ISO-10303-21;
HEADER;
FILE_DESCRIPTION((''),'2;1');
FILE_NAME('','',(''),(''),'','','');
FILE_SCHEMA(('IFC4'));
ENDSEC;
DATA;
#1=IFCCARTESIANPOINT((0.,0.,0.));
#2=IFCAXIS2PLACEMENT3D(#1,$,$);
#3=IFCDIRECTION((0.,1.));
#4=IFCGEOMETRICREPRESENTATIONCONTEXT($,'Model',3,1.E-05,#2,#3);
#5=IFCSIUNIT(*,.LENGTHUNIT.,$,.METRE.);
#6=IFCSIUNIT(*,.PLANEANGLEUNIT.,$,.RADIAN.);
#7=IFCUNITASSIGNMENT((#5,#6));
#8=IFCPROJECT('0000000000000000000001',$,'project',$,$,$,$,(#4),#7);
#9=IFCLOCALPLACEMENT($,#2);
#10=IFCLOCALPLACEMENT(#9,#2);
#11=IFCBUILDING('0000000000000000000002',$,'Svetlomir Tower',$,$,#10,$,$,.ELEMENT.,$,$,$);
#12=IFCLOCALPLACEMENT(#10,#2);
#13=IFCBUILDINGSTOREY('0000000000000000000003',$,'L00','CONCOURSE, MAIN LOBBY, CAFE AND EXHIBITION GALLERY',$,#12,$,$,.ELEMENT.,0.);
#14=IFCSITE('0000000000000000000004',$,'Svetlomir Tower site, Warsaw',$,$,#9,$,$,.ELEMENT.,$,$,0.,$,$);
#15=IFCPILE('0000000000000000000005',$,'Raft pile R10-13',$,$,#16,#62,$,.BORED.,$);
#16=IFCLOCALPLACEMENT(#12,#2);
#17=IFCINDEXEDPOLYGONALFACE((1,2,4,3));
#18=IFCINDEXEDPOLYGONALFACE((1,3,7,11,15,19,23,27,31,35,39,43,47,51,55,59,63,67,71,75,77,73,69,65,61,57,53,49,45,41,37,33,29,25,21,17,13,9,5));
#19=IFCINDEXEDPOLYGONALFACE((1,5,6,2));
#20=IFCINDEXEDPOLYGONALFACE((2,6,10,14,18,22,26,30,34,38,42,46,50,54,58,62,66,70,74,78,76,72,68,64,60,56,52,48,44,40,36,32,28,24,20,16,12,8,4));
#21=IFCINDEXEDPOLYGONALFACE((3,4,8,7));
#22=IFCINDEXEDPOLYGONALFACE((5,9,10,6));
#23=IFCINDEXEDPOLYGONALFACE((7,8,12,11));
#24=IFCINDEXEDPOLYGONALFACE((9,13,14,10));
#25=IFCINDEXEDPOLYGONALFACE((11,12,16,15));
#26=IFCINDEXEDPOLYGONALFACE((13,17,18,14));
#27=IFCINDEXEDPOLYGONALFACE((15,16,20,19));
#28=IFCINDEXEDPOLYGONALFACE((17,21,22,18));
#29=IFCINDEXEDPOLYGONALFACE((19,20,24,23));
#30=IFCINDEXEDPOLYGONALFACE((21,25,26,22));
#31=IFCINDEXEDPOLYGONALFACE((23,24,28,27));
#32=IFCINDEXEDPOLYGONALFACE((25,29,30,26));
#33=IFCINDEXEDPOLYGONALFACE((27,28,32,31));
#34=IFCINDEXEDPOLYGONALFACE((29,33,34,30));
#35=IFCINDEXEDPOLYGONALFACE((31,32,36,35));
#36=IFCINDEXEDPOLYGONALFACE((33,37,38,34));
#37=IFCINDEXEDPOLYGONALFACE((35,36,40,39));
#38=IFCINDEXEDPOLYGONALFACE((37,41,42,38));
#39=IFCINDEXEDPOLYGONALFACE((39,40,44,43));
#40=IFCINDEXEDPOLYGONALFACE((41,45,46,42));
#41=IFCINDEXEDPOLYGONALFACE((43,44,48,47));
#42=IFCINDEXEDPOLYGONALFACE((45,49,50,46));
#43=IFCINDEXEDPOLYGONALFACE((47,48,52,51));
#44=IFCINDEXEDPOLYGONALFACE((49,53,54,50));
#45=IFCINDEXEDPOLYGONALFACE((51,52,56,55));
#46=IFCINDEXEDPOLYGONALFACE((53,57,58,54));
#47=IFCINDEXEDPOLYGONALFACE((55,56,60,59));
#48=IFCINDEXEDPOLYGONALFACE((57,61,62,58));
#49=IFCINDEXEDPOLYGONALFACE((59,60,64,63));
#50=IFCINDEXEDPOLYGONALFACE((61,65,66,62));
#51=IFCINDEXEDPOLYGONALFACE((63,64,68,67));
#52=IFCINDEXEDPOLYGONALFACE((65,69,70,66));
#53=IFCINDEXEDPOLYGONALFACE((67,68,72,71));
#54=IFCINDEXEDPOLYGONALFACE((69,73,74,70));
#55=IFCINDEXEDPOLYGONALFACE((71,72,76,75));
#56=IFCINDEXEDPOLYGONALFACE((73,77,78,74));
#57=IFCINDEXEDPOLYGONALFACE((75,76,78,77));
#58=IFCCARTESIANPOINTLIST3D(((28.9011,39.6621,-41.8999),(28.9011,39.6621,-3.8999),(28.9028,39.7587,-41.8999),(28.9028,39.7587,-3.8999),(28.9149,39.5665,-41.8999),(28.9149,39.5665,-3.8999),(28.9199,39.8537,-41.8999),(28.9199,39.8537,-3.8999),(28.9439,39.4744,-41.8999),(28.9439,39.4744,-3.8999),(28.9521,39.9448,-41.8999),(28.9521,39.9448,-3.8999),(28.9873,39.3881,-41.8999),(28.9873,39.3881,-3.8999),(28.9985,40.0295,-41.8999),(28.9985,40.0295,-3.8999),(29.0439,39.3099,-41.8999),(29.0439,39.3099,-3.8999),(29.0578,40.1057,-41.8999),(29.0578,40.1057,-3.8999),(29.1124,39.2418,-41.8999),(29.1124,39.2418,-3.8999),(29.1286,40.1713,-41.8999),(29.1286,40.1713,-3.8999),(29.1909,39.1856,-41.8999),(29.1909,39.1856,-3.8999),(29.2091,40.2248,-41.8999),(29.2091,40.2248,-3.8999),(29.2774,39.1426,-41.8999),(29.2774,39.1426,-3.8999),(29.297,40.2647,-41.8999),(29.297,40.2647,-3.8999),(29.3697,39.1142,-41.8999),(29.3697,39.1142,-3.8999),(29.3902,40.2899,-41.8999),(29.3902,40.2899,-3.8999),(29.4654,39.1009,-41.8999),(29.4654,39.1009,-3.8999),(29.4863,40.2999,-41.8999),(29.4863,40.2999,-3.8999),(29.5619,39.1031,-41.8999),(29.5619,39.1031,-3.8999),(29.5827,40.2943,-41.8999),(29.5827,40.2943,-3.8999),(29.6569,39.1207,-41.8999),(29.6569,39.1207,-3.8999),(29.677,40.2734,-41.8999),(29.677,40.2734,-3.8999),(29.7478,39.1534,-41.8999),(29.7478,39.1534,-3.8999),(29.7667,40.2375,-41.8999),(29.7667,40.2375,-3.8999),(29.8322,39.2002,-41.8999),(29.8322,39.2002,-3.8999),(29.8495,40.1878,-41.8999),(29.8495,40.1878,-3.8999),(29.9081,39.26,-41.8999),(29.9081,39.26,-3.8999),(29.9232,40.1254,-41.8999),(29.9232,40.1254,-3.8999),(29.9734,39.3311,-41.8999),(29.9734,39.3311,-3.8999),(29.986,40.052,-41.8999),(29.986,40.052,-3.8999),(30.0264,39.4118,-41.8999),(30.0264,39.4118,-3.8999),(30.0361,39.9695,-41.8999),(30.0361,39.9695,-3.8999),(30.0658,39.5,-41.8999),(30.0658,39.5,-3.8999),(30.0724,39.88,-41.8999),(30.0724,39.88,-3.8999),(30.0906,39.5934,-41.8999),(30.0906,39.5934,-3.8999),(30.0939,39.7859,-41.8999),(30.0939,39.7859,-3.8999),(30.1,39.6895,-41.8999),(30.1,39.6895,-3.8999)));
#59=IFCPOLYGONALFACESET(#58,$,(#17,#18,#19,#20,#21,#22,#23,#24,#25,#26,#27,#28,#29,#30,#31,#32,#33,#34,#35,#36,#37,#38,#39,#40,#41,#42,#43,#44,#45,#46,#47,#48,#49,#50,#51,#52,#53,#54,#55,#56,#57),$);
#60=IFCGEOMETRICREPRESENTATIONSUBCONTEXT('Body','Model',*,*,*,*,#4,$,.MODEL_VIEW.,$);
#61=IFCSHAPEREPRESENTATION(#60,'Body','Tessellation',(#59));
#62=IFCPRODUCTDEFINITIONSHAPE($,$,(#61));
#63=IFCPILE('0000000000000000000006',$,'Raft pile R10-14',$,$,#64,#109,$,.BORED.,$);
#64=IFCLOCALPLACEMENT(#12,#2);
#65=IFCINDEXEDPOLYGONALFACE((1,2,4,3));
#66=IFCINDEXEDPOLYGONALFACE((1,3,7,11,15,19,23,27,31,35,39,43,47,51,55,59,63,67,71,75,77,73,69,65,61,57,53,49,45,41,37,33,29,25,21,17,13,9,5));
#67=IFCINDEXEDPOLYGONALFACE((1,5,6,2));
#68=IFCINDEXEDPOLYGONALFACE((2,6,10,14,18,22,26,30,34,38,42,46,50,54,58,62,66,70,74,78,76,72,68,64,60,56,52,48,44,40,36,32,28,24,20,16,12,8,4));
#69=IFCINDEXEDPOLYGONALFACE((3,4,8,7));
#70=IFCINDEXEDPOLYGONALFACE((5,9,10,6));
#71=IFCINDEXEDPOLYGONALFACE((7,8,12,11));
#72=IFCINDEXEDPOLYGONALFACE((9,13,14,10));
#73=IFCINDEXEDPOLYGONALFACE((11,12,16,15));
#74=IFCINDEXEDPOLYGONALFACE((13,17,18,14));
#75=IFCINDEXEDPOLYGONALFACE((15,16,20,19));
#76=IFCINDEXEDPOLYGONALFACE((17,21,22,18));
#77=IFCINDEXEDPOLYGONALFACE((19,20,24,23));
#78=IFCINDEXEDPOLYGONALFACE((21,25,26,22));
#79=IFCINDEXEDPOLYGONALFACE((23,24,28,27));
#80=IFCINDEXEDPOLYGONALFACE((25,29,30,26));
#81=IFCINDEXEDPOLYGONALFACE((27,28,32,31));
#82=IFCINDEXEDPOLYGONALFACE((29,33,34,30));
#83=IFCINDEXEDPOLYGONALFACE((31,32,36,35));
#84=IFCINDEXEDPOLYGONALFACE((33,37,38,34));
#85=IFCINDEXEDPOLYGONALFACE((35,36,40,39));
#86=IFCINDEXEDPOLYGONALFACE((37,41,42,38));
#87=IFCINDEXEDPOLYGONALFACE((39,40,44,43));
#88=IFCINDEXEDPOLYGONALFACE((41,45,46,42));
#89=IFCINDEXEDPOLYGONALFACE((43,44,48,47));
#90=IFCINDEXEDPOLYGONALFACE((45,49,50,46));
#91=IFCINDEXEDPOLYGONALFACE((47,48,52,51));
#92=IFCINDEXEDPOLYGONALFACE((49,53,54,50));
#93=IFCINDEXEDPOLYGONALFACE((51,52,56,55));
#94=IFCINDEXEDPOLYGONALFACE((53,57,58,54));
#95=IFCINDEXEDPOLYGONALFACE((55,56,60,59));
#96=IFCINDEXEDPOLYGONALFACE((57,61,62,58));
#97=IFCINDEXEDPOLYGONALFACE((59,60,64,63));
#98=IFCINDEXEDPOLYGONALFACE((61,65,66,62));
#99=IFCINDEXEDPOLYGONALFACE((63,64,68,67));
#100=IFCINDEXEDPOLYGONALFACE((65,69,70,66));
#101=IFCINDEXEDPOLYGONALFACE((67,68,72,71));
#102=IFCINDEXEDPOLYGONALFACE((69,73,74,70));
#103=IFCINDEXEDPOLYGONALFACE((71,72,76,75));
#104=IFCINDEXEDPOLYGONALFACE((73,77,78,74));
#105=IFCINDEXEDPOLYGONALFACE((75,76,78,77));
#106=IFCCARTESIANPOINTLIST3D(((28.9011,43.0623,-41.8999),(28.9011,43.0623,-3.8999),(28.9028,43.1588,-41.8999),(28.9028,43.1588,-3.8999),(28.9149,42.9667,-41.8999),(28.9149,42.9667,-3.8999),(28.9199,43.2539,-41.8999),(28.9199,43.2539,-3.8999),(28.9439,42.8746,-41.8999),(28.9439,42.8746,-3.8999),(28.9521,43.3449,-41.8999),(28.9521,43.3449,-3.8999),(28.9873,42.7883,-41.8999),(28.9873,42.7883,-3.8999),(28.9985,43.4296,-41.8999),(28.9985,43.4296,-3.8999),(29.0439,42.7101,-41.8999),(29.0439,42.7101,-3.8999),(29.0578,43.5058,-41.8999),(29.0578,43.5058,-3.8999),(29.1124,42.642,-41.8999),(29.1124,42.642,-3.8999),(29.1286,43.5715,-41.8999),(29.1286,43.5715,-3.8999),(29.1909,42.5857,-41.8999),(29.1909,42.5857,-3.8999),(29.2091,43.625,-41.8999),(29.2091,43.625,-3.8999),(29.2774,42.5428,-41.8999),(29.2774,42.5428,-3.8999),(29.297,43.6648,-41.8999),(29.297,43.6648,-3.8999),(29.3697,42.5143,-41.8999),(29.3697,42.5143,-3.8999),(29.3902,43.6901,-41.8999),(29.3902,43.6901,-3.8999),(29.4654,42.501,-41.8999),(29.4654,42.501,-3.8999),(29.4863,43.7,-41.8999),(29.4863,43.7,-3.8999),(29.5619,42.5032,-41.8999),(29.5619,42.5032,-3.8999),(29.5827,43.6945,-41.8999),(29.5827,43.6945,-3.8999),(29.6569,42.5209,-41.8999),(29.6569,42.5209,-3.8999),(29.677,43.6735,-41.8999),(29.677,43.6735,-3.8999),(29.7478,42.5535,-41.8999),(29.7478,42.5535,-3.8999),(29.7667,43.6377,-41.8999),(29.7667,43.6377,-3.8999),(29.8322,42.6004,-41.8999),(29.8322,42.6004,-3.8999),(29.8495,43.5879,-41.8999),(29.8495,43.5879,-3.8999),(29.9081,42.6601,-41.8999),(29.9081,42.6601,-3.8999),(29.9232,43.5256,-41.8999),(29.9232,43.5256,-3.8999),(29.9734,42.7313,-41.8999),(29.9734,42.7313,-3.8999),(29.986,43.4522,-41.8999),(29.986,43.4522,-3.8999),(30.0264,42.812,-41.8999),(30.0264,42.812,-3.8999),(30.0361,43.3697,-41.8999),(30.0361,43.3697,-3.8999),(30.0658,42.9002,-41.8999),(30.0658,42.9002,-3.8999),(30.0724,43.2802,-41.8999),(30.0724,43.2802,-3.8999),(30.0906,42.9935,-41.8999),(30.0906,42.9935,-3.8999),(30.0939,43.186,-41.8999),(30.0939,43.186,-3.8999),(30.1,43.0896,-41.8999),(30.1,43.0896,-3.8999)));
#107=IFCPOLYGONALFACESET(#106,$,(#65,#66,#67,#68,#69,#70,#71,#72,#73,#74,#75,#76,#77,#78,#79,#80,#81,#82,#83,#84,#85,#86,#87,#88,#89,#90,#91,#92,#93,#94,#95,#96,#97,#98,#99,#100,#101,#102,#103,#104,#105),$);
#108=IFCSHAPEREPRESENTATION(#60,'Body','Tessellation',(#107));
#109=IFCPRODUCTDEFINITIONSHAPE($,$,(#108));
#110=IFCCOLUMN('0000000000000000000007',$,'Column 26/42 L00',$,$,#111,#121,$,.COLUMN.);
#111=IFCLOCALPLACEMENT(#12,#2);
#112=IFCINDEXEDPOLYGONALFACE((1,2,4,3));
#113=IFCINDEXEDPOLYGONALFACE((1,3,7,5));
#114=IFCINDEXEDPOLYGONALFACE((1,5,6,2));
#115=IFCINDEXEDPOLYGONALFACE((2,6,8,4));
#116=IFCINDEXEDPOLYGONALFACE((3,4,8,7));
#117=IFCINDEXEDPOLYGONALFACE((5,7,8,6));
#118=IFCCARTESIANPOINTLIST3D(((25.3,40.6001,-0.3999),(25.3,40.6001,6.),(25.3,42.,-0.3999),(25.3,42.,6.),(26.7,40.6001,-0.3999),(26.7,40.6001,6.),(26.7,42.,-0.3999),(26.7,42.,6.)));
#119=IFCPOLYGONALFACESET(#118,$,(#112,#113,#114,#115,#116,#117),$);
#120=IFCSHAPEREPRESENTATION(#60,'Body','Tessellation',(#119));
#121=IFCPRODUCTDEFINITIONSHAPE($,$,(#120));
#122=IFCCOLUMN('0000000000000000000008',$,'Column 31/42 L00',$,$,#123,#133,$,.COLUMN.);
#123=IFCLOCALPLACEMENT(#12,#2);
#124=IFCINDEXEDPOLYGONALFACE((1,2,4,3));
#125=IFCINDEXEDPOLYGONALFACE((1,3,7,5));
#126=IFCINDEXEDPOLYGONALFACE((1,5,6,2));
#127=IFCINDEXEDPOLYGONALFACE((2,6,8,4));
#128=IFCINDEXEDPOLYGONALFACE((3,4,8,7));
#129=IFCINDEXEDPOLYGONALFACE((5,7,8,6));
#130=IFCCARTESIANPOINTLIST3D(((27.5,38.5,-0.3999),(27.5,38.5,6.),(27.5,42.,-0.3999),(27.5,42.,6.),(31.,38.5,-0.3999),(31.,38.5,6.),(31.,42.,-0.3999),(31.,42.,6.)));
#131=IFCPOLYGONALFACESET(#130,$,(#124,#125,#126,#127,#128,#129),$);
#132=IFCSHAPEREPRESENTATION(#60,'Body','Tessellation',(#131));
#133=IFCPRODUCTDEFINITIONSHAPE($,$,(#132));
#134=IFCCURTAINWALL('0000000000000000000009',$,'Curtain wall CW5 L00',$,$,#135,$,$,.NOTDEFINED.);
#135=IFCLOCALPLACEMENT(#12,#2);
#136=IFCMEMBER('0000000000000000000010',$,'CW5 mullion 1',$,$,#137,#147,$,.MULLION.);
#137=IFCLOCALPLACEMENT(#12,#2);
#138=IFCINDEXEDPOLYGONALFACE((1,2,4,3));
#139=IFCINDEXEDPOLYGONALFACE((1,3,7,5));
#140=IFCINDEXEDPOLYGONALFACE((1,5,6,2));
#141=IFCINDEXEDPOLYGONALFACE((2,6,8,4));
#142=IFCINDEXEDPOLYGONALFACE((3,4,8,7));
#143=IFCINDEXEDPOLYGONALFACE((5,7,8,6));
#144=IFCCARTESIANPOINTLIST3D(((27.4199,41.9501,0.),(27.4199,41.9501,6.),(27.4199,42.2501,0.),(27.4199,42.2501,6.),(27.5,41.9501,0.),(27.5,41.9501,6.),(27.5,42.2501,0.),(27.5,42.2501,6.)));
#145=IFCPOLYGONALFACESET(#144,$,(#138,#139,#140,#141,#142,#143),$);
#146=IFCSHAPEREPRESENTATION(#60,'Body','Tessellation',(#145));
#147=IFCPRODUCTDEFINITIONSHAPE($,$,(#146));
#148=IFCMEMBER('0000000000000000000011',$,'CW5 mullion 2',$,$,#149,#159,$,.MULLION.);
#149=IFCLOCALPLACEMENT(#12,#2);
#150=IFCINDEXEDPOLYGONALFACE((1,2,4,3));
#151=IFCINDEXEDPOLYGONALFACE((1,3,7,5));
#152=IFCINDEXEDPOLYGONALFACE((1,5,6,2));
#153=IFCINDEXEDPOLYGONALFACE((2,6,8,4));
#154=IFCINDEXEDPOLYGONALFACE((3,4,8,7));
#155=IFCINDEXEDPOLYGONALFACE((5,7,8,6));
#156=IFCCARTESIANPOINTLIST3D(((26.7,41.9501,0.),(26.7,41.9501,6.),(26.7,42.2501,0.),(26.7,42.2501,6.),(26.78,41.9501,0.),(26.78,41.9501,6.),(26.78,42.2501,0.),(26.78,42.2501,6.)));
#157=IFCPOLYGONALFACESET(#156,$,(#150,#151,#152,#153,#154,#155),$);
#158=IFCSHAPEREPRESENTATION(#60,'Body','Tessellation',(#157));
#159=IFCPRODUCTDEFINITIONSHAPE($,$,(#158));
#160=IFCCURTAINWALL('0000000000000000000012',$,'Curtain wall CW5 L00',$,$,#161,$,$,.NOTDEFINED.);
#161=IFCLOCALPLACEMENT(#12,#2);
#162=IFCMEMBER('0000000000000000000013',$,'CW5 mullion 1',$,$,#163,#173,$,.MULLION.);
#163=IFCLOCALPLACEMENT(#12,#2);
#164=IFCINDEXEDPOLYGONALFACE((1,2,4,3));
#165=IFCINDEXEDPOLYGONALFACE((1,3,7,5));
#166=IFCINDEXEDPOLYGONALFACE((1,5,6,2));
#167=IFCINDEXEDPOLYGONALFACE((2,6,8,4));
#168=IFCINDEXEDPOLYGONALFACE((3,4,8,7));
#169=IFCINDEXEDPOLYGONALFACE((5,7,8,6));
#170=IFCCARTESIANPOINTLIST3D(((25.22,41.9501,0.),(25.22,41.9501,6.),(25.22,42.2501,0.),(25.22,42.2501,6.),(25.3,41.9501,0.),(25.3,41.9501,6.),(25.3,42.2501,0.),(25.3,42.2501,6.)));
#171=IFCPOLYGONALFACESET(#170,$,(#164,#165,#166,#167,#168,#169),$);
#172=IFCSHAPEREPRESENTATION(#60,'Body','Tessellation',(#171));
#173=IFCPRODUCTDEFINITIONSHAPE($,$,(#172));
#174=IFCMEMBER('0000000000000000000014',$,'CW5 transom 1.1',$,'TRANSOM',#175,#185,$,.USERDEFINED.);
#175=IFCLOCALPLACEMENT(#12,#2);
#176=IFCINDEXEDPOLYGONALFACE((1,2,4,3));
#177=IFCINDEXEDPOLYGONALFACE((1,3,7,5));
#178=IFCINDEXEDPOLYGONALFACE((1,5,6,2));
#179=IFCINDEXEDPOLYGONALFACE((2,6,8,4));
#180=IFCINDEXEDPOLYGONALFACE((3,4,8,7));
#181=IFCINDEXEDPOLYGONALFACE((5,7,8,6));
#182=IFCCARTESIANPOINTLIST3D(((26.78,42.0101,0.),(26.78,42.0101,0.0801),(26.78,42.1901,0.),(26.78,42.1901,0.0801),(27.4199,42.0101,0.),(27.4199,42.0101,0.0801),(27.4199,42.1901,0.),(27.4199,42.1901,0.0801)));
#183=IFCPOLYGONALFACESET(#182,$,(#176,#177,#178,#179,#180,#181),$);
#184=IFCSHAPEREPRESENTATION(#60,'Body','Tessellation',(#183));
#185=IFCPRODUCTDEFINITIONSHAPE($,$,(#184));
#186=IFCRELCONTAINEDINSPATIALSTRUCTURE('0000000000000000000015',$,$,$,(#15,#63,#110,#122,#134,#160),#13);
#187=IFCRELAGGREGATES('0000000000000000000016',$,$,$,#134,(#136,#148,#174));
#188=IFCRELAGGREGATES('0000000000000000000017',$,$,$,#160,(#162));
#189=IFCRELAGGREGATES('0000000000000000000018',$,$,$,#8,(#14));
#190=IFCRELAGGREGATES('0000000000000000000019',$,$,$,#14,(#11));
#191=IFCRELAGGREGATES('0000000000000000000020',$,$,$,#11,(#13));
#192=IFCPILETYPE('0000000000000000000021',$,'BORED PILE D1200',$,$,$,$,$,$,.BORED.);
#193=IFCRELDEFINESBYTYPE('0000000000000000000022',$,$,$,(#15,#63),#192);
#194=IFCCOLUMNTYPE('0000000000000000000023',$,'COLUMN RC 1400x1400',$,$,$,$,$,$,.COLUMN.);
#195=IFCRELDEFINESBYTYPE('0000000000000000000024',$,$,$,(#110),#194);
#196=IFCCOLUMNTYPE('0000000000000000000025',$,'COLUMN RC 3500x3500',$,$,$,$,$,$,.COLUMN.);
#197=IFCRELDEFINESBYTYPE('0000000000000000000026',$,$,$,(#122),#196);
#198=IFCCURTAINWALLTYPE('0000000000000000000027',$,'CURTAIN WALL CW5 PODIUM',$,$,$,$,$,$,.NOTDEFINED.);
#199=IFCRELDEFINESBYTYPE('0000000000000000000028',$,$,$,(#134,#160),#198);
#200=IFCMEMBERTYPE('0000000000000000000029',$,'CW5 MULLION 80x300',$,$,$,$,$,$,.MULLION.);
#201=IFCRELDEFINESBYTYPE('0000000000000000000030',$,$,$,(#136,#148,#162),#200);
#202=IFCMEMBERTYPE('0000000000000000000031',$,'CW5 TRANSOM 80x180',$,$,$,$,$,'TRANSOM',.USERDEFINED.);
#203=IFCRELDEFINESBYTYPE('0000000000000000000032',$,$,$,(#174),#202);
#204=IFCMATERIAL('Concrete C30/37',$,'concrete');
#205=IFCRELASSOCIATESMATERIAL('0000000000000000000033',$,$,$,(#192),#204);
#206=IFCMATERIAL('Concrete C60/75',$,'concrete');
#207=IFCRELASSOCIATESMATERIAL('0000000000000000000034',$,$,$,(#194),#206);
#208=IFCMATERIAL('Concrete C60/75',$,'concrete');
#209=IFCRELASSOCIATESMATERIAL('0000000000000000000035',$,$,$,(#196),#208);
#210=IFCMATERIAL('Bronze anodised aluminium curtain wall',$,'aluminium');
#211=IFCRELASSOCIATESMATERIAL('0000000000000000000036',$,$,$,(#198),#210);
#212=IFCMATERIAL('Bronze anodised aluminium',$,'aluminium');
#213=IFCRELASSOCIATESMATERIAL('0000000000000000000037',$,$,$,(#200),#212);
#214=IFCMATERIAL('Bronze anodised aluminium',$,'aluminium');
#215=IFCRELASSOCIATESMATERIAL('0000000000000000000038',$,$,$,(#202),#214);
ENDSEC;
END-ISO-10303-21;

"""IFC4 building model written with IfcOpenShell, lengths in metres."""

from ifc_helpers import new_model, si_unit, direction, frame, frame_2d, origin, origin_2d, place, context, subcontext, project, spatial, rectangle, circle, extrude, material, material_profile, profile_set, type_object, element, aggregate, save


model = new_model("IFC4")

# Units and contexts
model_context = context("Model", 3, precision=1e-05, world=origin(), true_north=direction((0.0, 1.0)))
body_context = subcontext(model_context, "Body", "Model", "MODEL_VIEW")
ifc_project = project(units=[si_unit("LENGTHUNIT", "METRE"), si_unit("PLANEANGLEUNIT", "RADIAN")], contexts=[model_context])

# Site, building, storey
site_placement = place(None, origin())
site = spatial("IfcSite", under=ifc_project, at=site_placement, Name="Svetlomir Tower site, Warsaw", CompositionType="ELEMENT", RefElevation=0.0)
building_placement = place(site_placement, origin())
building = spatial("IfcBuilding", under=site, at=building_placement, Name="Svetlomir Tower", CompositionType="ELEMENT")
storey_placement = place(building_placement, origin())
storey = spatial("IfcBuildingStorey", under=building, at=storey_placement, Name="L00", Description="CONCOURSE, MAIN LOBBY, CAFE AND EXHIBITION GALLERY", CompositionType="ELEMENT", Elevation=0.0)

# Piles
ifc_material_1 = material(Name="Concrete C30/37", Category="concrete")
ifc_material_profile_1 = material_profile(ifc_material_1, circle(Radius=0.6001, at=origin_2d()), Name="D1200")
ifc_profile_set_1 = profile_set([ifc_material_profile_1], Name="Concrete C30/37")
pile_type = type_object("IfcPileType", Name="BORED PILE D1200", PredefinedType="BORED", material=ifc_profile_set_1)
for number, where, z_axis, x_axis, name in (
    (1, (29.5, 39.7, -3.8999), (0.0, 0.0, -1.0), (1.0, 0.0, 0.0), "Raft pile R10-13"),
    (2, (29.5, 43.1001, -3.8999), (0.0, 0.0, -1.0), (1.0, 0.0, 0.0), "Raft pile R10-14"),
):
    element("IfcPile", number, at=place(storey_placement, frame(where, z_axis=z_axis, x_axis=x_axis)), inside=storey, type_object=pile_type, Name=name, PredefinedType="BORED", context=body_context, shape_type="SweptSolid", body=[
        extrude(circle(Radius=0.6001, at=frame_2d((0.0, 0.0), x_axis=(0.999848, 0.017452))), origin(), (0.0, 0.0, 1.0), 38.0),
    ])

# Columns
ifc_material_2 = material(Name="Concrete C60/75", Category="concrete")
ifc_material_profile_2 = material_profile(ifc_material_2, rectangle(XDim=1.3999, YDim=1.3999, at=origin_2d()), Name="RC 1400x1400")
ifc_profile_set_2 = profile_set([ifc_material_profile_2], Name="Concrete C60/75")
column_type_1 = type_object("IfcColumnType", Name="COLUMN RC 1400x1400", PredefinedType="COLUMN", material=ifc_profile_set_2)
column_1_placement = place(storey_placement, frame((26.0, 41.3, -0.3999), z_axis=(0.0, 0.0, 1.0), x_axis=(1.0, 0.0, 0.0)))
element("IfcColumn", 3, at=column_1_placement, inside=storey, type_object=column_type_1, Name="Column 26/42 L00", PredefinedType="COLUMN", context=body_context, shape_type="SweptSolid", body=[
    extrude(rectangle(XDim=1.3999, YDim=1.3999, at=origin_2d()), origin(), (0.0, 0.0, 1.0), 6.3999),
])
ifc_material_3 = material(Name="Concrete C60/75", Category="concrete")
ifc_material_profile_3 = material_profile(ifc_material_3, rectangle(XDim=3.5, YDim=3.5, at=origin_2d()), Name="RC 3500x3500")
ifc_profile_set_3 = profile_set([ifc_material_profile_3], Name="Concrete C60/75")
column_type_2 = type_object("IfcColumnType", Name="COLUMN RC 3500x3500", PredefinedType="COLUMN", material=ifc_profile_set_3)
column_2_placement = place(storey_placement, frame((29.25, 40.25, -0.3999), z_axis=(0.0, 0.0, 1.0), x_axis=(1.0, 0.0, 0.0)))
element("IfcColumn", 4, at=column_2_placement, inside=storey, type_object=column_type_2, Name="Column 31/42 L00", PredefinedType="COLUMN", context=body_context, shape_type="SweptSolid", body=[
    extrude(rectangle(XDim=3.5, YDim=3.5, at=origin_2d()), origin(), (0.0, 0.0, 1.0), 6.3999),
])

# Curtain wall, members
ifc_material_4 = material(Name="Bronze anodised aluminium curtain wall", Category="aluminium")
curtain_wall_type = type_object("IfcCurtainWallType", Name="CURTAIN WALL CW5 PODIUM", PredefinedType="NOTDEFINED", material=ifc_material_4)
curtain_wall_1_placement = place(storey_placement, origin())
curtain_wall_1 = element("IfcCurtainWall", 5, at=curtain_wall_1_placement, inside=storey, type_object=curtain_wall_type, Name="Curtain wall CW5 L00", PredefinedType="NOTDEFINED")
ifc_material_5 = material(Name="Bronze anodised aluminium", Category="aluminium")
ifc_material_profile_4 = material_profile(ifc_material_5, rectangle(XDim=0.0801, YDim=0.3, at=origin_2d()), Name="AL 80x300")
ifc_profile_set_4 = profile_set([ifc_material_profile_4], Name="Bronze anodised aluminium 6063-T6")
member_type_1 = type_object("IfcMemberType", Name="CW5 MULLION 80x300", PredefinedType="MULLION", material=ifc_profile_set_4)
member_1_placement = place(storey_placement, frame((27.46, 42.1001, 0.0), z_axis=(0.0, 0.0, 1.0), x_axis=(-1.0, 0.0, 0.0)))
member_1 = element("IfcMember", 6, at=member_1_placement, type_object=member_type_1, Name="CW5 mullion 1", PredefinedType="MULLION", context=body_context, shape_type="SweptSolid", body=[
    extrude(rectangle(XDim=0.0801, YDim=0.3, at=origin_2d()), origin(), (0.0, 0.0, 1.0), 6.0),
])
member_2_placement = place(storey_placement, frame((26.74, 42.1001, 0.0), z_axis=(0.0, 0.0, 1.0), x_axis=(-1.0, 0.0, 0.0)))
member_2 = element("IfcMember", 7, at=member_2_placement, type_object=member_type_1, Name="CW5 mullion 2", PredefinedType="MULLION", context=body_context, shape_type="SweptSolid", body=[
    extrude(rectangle(XDim=0.0801, YDim=0.3, at=origin_2d()), origin(), (0.0, 0.0, 1.0), 6.0),
])

# Curtain wall, member
curtain_wall_2_placement = place(storey_placement, origin())
curtain_wall_2 = element("IfcCurtainWall", 8, at=curtain_wall_2_placement, inside=storey, type_object=curtain_wall_type, Name="Curtain wall CW5 L00", PredefinedType="NOTDEFINED")
member_3_placement = place(storey_placement, frame((25.26, 42.1001, 0.0), z_axis=(0.0, 0.0, 1.0), x_axis=(-1.0, 0.0, 0.0)))
member_3 = element("IfcMember", 9, at=member_3_placement, type_object=member_type_1, Name="CW5 mullion 1", PredefinedType="MULLION", context=body_context, shape_type="SweptSolid", body=[
    extrude(rectangle(XDim=0.0801, YDim=0.3, at=origin_2d()), origin(), (0.0, 0.0, 1.0), 6.0),
])

# Member
ifc_material_6 = material(Name="Bronze anodised aluminium", Category="aluminium")
ifc_material_profile_5 = material_profile(ifc_material_6, rectangle(XDim=0.1799, YDim=0.0801, at=origin_2d()), Name="AL 180x80")
ifc_profile_set_5 = profile_set([ifc_material_profile_5], Name="Bronze anodised aluminium 6063-T6")
member_type_2 = type_object("IfcMemberType", Name="CW5 TRANSOM 80x180", ElementType="TRANSOM", PredefinedType="USERDEFINED", material=ifc_profile_set_5)
member_4_placement = place(storey_placement, frame((27.4199, 42.1001, 0.04), z_axis=(-1.0, 0.0, 0.0), x_axis=(0.0, -1.0, 0.0)))
member_4 = element("IfcMember", 10, at=member_4_placement, type_object=member_type_2, Name="CW5 transom 1.1", ObjectType="TRANSOM", PredefinedType="USERDEFINED", context=body_context, shape_type="SweptSolid", body=[
    extrude(rectangle(XDim=0.1799, YDim=0.0801, at=origin_2d()), origin(), (0.0, 0.0, 1.0), 0.6399),
])

aggregate(curtain_wall_1, [member_1, member_2, member_4])
aggregate(curtain_wall_2, [member_3])

save(model, "model.ifc")
